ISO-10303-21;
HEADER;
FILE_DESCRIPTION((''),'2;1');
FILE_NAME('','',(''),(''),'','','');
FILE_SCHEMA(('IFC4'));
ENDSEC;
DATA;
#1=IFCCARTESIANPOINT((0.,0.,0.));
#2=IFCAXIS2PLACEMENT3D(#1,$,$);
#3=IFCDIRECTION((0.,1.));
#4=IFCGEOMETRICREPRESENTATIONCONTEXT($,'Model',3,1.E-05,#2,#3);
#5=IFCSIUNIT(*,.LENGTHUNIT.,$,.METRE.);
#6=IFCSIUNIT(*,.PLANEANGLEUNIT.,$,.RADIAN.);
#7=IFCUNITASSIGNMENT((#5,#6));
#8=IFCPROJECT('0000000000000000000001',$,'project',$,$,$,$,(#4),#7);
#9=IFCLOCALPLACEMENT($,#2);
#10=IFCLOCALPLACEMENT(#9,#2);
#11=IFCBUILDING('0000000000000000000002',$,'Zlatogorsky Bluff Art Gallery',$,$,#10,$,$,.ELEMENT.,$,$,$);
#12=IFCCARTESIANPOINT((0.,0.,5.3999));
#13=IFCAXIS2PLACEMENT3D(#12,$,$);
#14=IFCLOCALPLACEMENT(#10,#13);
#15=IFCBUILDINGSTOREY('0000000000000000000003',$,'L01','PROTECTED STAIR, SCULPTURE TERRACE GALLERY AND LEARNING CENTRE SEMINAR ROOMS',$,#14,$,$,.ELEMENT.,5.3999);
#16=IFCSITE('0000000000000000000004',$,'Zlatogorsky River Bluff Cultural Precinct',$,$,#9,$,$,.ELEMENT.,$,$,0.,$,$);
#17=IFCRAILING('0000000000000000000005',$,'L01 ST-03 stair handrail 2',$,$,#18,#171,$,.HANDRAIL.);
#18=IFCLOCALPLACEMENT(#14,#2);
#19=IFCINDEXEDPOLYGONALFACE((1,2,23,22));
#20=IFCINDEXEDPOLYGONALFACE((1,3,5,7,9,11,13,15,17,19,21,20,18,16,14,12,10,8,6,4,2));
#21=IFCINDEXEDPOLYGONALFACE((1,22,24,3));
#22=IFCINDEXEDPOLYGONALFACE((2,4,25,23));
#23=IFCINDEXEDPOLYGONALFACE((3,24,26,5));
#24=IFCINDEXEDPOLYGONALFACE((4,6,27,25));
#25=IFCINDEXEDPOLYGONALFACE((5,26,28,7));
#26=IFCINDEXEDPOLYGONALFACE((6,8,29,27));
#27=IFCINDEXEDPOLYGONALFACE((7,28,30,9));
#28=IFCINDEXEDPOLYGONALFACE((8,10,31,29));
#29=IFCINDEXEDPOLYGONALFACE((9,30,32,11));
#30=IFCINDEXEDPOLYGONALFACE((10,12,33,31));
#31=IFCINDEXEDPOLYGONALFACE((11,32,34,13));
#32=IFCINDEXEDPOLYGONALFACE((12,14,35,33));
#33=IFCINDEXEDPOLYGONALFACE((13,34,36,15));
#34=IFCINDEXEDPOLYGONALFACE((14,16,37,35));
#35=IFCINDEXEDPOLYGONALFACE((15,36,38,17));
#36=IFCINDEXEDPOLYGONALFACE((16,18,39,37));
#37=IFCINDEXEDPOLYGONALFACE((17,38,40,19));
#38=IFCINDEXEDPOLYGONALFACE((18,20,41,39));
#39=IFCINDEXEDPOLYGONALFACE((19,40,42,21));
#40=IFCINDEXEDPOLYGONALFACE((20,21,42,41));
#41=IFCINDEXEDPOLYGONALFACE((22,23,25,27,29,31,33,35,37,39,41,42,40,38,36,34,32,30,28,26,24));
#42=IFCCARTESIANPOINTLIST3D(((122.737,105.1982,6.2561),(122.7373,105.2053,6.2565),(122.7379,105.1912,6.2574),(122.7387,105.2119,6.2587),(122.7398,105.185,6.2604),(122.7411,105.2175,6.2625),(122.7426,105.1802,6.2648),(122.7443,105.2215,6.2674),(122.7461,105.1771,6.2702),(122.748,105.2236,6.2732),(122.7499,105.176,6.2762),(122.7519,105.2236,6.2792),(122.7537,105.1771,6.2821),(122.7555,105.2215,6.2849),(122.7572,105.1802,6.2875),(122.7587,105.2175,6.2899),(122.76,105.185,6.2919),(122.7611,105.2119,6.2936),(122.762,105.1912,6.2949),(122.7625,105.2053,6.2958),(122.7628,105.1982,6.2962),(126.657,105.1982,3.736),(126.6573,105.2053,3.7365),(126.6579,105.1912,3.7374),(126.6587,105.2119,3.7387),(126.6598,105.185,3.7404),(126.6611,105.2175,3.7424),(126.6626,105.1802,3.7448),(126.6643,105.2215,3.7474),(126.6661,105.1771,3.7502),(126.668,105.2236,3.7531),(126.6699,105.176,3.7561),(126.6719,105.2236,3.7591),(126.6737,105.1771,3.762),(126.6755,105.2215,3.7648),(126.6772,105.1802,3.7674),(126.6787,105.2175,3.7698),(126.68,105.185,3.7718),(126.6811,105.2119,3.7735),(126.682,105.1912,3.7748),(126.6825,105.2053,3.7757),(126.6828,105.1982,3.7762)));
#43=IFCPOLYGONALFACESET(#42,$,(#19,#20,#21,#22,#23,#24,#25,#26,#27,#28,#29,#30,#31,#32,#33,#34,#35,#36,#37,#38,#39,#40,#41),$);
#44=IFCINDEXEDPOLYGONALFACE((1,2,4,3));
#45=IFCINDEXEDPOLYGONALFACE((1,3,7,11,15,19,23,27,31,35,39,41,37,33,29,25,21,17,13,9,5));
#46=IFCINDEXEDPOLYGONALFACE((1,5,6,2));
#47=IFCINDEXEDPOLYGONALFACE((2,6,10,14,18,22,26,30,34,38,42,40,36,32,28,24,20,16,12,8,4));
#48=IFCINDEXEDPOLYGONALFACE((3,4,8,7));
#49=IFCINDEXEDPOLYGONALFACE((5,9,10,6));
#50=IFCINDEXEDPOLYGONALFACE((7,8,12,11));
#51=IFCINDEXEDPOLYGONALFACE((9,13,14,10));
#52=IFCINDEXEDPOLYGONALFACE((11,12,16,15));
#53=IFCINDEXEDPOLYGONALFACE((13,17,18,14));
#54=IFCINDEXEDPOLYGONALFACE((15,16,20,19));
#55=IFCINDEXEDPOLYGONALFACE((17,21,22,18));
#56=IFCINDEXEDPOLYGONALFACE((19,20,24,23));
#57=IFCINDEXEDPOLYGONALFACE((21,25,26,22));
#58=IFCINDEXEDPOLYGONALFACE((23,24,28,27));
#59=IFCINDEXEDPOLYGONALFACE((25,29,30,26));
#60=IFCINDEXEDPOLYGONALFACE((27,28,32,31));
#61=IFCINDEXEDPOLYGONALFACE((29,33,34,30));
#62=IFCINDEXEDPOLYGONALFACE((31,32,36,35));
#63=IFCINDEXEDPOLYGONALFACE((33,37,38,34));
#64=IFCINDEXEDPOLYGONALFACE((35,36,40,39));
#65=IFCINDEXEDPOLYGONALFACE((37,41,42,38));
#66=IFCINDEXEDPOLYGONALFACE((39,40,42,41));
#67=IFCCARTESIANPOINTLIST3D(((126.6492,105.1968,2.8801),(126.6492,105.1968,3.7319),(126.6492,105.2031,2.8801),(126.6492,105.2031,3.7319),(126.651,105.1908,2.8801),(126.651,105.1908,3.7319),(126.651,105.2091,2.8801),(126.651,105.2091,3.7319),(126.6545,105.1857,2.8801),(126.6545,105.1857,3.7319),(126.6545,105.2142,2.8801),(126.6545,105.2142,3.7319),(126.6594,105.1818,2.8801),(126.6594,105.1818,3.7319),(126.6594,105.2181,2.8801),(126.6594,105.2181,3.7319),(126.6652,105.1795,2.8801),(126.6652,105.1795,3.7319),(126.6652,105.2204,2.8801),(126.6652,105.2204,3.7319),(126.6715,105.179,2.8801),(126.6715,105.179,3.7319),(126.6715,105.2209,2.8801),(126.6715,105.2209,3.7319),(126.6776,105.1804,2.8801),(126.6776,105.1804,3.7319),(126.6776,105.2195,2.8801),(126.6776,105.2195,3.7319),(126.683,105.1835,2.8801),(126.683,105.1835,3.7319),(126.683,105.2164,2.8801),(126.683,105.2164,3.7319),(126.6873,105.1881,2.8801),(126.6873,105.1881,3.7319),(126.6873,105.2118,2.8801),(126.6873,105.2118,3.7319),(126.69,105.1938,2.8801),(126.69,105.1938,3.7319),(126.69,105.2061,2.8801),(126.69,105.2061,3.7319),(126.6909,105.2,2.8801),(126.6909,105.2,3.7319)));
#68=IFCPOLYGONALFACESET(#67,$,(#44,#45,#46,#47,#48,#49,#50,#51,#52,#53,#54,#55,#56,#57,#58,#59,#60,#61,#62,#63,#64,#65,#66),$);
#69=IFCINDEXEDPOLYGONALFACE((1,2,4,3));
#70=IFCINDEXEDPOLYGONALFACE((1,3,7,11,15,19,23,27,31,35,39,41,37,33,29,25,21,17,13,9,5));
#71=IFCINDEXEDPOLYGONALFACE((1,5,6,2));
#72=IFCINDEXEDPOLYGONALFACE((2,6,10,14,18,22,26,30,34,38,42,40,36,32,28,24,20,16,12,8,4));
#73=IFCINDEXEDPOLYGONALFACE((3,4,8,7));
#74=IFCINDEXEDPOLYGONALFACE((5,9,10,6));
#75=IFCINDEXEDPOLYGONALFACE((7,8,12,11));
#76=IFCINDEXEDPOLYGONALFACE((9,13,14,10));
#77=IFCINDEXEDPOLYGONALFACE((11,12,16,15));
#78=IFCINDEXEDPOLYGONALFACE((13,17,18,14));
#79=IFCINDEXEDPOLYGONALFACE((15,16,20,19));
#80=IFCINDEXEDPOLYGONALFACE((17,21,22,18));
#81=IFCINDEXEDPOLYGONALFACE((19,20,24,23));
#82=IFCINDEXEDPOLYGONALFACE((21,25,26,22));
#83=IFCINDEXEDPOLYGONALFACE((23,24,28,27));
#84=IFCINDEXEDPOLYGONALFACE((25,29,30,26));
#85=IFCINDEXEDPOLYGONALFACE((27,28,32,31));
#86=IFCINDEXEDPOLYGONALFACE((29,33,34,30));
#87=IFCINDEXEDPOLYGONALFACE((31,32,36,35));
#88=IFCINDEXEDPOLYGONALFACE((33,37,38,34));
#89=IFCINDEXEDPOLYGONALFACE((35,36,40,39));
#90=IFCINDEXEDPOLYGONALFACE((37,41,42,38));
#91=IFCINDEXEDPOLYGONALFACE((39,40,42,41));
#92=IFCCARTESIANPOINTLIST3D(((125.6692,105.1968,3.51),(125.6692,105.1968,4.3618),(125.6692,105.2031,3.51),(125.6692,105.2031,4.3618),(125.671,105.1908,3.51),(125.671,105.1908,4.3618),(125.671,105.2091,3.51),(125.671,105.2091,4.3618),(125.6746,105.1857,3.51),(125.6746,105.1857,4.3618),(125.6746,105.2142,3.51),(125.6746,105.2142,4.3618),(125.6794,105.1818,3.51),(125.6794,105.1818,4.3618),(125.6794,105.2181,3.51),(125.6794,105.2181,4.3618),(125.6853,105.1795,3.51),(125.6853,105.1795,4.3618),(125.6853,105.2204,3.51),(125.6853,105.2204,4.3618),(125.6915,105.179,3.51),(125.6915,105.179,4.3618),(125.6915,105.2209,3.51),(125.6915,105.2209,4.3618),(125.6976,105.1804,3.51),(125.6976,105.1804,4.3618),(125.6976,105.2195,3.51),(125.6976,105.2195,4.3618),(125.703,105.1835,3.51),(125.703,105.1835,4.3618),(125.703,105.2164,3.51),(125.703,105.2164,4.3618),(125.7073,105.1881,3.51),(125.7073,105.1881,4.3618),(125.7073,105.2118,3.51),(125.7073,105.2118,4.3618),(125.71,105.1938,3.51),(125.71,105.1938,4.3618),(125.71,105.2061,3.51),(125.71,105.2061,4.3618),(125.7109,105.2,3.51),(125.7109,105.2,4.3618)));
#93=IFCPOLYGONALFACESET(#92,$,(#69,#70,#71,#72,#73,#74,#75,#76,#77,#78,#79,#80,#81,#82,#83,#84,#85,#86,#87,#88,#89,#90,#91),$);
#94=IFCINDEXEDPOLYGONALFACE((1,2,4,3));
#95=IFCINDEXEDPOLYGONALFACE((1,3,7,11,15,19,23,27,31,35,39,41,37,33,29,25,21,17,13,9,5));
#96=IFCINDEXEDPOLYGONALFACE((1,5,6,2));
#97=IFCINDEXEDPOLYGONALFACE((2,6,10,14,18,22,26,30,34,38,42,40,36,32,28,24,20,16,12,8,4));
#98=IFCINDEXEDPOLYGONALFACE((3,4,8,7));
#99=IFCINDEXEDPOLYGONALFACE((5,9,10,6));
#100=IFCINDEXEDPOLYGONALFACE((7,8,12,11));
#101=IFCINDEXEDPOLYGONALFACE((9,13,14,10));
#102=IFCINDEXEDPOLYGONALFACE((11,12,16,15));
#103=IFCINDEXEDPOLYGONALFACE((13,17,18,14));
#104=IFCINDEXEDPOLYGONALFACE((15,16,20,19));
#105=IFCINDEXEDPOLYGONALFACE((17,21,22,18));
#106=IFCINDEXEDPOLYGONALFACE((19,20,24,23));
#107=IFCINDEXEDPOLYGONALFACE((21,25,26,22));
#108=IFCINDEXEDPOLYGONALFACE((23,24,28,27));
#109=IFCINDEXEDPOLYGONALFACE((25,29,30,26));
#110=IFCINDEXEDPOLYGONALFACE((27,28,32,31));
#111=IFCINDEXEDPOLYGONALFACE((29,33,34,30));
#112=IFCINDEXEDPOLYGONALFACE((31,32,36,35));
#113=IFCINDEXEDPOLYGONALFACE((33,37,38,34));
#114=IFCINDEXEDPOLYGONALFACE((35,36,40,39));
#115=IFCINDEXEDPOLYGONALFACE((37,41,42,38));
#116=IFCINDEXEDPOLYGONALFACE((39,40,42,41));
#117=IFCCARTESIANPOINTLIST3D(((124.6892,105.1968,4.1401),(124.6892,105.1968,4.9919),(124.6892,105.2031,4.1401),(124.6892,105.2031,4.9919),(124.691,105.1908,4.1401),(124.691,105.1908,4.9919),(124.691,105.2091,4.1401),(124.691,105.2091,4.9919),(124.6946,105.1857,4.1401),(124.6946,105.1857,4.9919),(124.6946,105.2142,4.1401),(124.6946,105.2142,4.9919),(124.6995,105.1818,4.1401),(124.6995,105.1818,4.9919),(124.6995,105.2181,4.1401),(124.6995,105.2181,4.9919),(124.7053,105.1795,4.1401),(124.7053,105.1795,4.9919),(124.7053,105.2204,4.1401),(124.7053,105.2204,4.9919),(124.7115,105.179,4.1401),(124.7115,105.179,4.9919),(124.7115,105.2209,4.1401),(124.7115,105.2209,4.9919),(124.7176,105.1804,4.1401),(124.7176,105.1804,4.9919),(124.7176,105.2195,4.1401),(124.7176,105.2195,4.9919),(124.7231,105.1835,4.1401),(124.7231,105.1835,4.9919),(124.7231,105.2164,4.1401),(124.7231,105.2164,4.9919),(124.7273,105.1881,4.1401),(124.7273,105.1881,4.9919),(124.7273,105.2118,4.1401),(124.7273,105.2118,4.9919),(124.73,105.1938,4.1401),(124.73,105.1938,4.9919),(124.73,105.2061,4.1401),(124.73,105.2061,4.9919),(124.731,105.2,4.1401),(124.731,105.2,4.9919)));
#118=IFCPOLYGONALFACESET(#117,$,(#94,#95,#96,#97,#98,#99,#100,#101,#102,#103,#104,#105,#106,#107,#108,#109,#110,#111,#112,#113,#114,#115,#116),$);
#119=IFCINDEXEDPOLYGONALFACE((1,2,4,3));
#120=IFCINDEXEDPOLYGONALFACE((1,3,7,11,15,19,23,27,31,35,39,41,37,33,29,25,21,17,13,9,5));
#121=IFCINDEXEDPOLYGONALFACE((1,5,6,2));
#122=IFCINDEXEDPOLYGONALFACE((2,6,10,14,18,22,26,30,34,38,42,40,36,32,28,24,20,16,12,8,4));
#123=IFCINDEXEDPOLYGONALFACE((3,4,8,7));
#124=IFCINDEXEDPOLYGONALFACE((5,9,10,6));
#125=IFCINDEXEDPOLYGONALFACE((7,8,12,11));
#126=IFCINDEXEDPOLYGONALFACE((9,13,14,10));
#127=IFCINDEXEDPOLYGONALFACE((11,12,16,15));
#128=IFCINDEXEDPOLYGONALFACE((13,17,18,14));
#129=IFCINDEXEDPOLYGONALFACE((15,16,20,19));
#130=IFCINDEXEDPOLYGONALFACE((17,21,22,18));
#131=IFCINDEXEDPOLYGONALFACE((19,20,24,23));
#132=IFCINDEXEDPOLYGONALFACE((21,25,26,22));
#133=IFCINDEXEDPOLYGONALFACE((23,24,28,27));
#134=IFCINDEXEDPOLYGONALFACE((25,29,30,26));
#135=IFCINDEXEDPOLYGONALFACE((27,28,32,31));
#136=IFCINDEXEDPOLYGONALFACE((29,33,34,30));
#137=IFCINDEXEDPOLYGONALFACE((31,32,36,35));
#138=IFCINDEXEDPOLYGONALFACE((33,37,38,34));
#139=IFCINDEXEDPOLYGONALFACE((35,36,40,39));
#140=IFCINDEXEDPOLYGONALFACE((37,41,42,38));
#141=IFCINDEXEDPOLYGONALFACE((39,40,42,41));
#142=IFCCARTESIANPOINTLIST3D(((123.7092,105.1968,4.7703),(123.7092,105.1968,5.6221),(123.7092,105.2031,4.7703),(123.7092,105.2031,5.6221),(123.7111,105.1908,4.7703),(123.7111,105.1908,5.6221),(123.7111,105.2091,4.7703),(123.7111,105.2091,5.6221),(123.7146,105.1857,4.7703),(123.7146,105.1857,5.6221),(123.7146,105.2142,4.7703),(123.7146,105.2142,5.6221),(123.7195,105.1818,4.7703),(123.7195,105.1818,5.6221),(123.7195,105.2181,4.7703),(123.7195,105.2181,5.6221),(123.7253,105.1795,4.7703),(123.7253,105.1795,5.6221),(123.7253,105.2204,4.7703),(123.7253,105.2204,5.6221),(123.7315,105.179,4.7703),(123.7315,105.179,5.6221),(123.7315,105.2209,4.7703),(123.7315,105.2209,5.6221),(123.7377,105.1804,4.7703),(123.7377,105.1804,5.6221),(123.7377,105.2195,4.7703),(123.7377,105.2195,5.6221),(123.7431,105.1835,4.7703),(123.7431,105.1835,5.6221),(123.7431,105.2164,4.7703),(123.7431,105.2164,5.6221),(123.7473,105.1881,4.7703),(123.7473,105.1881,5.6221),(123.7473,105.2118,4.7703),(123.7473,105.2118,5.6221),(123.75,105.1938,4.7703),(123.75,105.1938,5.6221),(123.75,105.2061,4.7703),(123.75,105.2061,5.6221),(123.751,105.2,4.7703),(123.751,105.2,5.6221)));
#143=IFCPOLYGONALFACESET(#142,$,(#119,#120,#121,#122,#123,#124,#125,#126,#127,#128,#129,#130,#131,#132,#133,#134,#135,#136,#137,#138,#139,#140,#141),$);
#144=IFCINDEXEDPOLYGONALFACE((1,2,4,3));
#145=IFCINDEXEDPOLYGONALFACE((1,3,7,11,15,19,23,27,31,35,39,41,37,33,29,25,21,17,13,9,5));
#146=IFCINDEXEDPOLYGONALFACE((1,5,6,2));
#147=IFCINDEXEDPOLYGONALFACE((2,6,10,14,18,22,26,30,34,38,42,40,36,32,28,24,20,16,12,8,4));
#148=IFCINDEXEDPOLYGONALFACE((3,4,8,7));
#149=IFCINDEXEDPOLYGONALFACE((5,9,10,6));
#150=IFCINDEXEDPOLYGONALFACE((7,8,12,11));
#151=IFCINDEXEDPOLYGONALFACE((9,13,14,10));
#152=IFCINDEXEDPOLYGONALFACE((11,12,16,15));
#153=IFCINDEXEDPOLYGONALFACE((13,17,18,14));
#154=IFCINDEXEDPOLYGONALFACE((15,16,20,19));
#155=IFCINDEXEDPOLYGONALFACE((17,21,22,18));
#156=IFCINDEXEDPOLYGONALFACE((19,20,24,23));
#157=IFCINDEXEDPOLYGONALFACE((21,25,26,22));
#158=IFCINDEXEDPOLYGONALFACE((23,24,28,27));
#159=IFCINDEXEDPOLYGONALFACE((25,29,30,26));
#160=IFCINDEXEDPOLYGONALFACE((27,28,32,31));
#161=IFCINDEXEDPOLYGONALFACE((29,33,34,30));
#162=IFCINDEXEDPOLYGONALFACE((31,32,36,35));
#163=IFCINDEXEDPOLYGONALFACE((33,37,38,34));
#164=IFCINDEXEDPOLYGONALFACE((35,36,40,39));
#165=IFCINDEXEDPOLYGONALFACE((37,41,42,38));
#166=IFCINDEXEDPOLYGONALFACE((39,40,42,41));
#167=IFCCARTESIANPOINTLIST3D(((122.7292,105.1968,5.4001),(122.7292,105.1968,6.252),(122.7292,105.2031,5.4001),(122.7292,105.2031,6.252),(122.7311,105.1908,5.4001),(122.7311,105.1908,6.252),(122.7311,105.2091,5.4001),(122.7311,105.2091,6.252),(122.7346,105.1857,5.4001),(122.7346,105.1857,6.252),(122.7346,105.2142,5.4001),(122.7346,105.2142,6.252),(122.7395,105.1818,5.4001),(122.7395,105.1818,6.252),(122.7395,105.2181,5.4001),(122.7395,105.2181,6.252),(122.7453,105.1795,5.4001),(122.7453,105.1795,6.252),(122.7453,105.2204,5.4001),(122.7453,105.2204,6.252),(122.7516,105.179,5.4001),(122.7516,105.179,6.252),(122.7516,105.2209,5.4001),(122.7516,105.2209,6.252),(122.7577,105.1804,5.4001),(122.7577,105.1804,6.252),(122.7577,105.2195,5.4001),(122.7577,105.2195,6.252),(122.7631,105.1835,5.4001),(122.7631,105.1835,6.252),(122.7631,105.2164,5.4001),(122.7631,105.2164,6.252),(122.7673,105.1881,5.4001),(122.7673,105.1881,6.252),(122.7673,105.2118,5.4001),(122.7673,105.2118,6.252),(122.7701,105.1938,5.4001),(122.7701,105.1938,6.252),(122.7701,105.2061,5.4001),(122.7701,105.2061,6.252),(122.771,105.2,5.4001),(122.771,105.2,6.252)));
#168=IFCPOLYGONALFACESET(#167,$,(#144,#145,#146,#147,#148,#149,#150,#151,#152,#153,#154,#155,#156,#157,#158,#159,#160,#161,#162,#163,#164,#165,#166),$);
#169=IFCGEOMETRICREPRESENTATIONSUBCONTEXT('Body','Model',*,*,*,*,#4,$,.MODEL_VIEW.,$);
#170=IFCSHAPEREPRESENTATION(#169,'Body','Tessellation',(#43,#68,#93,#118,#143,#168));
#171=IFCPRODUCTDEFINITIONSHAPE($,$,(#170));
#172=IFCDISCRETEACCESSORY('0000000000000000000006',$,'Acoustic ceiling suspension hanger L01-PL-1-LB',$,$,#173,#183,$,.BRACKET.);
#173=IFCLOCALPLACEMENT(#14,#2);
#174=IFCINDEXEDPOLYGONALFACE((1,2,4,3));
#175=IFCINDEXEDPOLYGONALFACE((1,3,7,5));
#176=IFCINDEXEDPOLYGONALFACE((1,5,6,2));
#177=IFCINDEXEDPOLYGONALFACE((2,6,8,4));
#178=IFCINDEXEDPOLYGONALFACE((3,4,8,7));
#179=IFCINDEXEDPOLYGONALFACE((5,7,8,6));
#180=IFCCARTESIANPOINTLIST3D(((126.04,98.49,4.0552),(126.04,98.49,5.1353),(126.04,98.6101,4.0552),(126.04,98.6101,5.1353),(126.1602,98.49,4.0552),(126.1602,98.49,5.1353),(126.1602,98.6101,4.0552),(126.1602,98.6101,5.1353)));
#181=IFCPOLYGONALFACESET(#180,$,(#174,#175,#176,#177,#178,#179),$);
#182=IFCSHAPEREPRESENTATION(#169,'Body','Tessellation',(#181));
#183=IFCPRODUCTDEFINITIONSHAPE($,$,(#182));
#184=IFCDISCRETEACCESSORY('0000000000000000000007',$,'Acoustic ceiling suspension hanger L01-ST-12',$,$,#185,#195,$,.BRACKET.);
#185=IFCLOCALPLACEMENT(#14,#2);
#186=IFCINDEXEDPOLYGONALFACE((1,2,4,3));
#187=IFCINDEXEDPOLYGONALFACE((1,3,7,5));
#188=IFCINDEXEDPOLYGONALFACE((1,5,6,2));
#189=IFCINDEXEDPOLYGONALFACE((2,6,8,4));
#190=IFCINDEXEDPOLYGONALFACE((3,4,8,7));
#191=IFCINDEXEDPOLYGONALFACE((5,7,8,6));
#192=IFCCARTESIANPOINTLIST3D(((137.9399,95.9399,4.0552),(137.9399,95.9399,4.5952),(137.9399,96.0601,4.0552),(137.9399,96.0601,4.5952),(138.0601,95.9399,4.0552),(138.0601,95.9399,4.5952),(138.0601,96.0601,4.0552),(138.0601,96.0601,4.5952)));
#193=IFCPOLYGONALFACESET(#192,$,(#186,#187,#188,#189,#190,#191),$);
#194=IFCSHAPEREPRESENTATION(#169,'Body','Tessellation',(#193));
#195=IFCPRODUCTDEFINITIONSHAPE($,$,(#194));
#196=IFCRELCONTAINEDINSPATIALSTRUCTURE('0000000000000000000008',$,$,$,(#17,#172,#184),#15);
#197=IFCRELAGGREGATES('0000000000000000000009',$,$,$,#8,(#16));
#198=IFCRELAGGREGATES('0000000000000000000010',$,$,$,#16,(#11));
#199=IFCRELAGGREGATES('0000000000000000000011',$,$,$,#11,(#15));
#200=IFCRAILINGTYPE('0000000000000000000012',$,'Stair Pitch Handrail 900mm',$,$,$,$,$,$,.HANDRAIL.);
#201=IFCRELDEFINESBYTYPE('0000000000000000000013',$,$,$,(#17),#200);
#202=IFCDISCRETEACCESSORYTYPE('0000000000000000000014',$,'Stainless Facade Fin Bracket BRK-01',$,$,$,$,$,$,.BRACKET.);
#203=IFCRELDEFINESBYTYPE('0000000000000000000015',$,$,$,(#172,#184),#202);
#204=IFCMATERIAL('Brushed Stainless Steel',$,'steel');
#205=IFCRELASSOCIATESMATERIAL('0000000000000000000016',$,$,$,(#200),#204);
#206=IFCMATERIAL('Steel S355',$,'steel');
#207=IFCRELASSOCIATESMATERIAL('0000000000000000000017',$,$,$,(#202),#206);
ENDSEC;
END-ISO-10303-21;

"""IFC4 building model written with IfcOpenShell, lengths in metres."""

from ifc_helpers import new_model, si_unit, direction, frame, origin, origin_2d, place, context, subcontext, project, spatial, rectangle, circle, extrude, material, type_object, element, save


model = new_model("IFC4")

# Units and contexts
model_context = context("Model", 3, precision=1e-05, world=origin(), true_north=direction((0.0, 1.0)))
body_context = subcontext(model_context, "Body", "Model", "MODEL_VIEW")
ifc_project = project(units=[si_unit("LENGTHUNIT", "METRE"), si_unit("PLANEANGLEUNIT", "RADIAN")], contexts=[model_context])

# Site, building, storey
site_placement = place(None, origin())
site = spatial("IfcSite", under=ifc_project, at=site_placement, Name="Zlatogorsky River Bluff Cultural Precinct", CompositionType="ELEMENT", RefElevation=0.0)
building_placement = place(site_placement, origin())
building = spatial("IfcBuilding", under=site, at=building_placement, Name="Zlatogorsky Bluff Art Gallery", CompositionType="ELEMENT")
storey_placement = place(building_placement, frame((0.0, 0.0, 5.3999)))
storey = spatial("IfcBuildingStorey", under=building, at=storey_placement, Name="L01", Description="PROTECTED STAIR, SCULPTURE TERRACE GALLERY AND LEARNING CENTRE SEMINAR ROOMS", CompositionType="ELEMENT", Elevation=5.3999)

# Shared definitions
ifc_material_1 = material(Name="Steel S355", Category="steel")

# Railing
ifc_material_2 = material(Name="Brushed Stainless Steel", Category="steel")
railing_type_1 = type_object("IfcRailingType", Name="Stair Pitch Handrail 900mm", PredefinedType="HANDRAIL", material=ifc_material_2)
railing_1_placement = place(storey_placement, frame((126.6699, 105.2, 2.8801)))
element("IfcRailing", 1, at=railing_1_placement, inside=storey, type_object=railing_type_1, Name="L01 ST-03 stair handrail 2", PredefinedType="HANDRAIL", context=body_context, shape_type="SweptSolid", body=[
    extrude(circle(Radius=0.0239, at=origin_2d()), frame((0.0, 0.0, 0.876), z_axis=(-0.841172, 0.0, 0.540768), x_axis=(0.0, -1.0, 0.0)), (0.0, 0.0, 1.0), 4.6602),
    extrude(circle(Radius=0.021, at=origin_2d()), origin(), (0.0, 0.0, 1.0), 0.8518),
    extrude(circle(Radius=0.021, at=origin_2d()), frame((-0.98, 0.0, 0.6299)), (0.0, 0.0, 1.0), 0.8518),
    extrude(circle(Radius=0.021, at=origin_2d()), frame((-1.96, 0.0, 1.26)), (0.0, 0.0, 1.0), 0.8518),
    extrude(circle(Radius=0.021, at=origin_2d()), frame((-2.9399, 0.0, 1.8901)), (0.0, 0.0, 1.0), 0.8518),
    extrude(circle(Radius=0.021, at=origin_2d()), frame((-3.9199, 0.0, 2.52)), (0.0, 0.0, 1.0), 0.8518),
])

# Discrete accessories
discrete_accessory_type = type_object("IfcDiscreteAccessoryType", Name="Stainless Facade Fin Bracket BRK-01", PredefinedType="BRACKET", material=ifc_material_1)
discrete_accessory_1_placement = place(storey_placement, frame((126.1001, 98.55, 4.0552), z_axis=(0.0, 0.0, 1.0), x_axis=(1.0, 0.0, 0.0)))
element("IfcDiscreteAccessory", 2, at=discrete_accessory_1_placement, inside=storey, type_object=discrete_accessory_type, Name="Acoustic ceiling suspension hanger L01-PL-1-LB", PredefinedType="BRACKET", context=body_context, shape_type="SweptSolid", body=[
    extrude(rectangle(XDim=0.1201, YDim=0.1201, at=origin_2d()), origin(), (0.0, 0.0, 1.0), 1.0801),
])
discrete_accessory_2_placement = place(storey_placement, frame((138.0, 96.0, 4.0552), z_axis=(0.0, 0.0, 1.0), x_axis=(1.0, 0.0, 0.0)))
element("IfcDiscreteAccessory", 3, at=discrete_accessory_2_placement, inside=storey, type_object=discrete_accessory_type, Name="Acoustic ceiling suspension hanger L01-ST-12", PredefinedType="BRACKET", context=body_context, shape_type="SweptSolid", body=[
    extrude(rectangle(XDim=0.1201, YDim=0.1201, at=origin_2d()), origin(), (0.0, 0.0, 1.0), 0.54),
])

save(model, "model.ifc")
